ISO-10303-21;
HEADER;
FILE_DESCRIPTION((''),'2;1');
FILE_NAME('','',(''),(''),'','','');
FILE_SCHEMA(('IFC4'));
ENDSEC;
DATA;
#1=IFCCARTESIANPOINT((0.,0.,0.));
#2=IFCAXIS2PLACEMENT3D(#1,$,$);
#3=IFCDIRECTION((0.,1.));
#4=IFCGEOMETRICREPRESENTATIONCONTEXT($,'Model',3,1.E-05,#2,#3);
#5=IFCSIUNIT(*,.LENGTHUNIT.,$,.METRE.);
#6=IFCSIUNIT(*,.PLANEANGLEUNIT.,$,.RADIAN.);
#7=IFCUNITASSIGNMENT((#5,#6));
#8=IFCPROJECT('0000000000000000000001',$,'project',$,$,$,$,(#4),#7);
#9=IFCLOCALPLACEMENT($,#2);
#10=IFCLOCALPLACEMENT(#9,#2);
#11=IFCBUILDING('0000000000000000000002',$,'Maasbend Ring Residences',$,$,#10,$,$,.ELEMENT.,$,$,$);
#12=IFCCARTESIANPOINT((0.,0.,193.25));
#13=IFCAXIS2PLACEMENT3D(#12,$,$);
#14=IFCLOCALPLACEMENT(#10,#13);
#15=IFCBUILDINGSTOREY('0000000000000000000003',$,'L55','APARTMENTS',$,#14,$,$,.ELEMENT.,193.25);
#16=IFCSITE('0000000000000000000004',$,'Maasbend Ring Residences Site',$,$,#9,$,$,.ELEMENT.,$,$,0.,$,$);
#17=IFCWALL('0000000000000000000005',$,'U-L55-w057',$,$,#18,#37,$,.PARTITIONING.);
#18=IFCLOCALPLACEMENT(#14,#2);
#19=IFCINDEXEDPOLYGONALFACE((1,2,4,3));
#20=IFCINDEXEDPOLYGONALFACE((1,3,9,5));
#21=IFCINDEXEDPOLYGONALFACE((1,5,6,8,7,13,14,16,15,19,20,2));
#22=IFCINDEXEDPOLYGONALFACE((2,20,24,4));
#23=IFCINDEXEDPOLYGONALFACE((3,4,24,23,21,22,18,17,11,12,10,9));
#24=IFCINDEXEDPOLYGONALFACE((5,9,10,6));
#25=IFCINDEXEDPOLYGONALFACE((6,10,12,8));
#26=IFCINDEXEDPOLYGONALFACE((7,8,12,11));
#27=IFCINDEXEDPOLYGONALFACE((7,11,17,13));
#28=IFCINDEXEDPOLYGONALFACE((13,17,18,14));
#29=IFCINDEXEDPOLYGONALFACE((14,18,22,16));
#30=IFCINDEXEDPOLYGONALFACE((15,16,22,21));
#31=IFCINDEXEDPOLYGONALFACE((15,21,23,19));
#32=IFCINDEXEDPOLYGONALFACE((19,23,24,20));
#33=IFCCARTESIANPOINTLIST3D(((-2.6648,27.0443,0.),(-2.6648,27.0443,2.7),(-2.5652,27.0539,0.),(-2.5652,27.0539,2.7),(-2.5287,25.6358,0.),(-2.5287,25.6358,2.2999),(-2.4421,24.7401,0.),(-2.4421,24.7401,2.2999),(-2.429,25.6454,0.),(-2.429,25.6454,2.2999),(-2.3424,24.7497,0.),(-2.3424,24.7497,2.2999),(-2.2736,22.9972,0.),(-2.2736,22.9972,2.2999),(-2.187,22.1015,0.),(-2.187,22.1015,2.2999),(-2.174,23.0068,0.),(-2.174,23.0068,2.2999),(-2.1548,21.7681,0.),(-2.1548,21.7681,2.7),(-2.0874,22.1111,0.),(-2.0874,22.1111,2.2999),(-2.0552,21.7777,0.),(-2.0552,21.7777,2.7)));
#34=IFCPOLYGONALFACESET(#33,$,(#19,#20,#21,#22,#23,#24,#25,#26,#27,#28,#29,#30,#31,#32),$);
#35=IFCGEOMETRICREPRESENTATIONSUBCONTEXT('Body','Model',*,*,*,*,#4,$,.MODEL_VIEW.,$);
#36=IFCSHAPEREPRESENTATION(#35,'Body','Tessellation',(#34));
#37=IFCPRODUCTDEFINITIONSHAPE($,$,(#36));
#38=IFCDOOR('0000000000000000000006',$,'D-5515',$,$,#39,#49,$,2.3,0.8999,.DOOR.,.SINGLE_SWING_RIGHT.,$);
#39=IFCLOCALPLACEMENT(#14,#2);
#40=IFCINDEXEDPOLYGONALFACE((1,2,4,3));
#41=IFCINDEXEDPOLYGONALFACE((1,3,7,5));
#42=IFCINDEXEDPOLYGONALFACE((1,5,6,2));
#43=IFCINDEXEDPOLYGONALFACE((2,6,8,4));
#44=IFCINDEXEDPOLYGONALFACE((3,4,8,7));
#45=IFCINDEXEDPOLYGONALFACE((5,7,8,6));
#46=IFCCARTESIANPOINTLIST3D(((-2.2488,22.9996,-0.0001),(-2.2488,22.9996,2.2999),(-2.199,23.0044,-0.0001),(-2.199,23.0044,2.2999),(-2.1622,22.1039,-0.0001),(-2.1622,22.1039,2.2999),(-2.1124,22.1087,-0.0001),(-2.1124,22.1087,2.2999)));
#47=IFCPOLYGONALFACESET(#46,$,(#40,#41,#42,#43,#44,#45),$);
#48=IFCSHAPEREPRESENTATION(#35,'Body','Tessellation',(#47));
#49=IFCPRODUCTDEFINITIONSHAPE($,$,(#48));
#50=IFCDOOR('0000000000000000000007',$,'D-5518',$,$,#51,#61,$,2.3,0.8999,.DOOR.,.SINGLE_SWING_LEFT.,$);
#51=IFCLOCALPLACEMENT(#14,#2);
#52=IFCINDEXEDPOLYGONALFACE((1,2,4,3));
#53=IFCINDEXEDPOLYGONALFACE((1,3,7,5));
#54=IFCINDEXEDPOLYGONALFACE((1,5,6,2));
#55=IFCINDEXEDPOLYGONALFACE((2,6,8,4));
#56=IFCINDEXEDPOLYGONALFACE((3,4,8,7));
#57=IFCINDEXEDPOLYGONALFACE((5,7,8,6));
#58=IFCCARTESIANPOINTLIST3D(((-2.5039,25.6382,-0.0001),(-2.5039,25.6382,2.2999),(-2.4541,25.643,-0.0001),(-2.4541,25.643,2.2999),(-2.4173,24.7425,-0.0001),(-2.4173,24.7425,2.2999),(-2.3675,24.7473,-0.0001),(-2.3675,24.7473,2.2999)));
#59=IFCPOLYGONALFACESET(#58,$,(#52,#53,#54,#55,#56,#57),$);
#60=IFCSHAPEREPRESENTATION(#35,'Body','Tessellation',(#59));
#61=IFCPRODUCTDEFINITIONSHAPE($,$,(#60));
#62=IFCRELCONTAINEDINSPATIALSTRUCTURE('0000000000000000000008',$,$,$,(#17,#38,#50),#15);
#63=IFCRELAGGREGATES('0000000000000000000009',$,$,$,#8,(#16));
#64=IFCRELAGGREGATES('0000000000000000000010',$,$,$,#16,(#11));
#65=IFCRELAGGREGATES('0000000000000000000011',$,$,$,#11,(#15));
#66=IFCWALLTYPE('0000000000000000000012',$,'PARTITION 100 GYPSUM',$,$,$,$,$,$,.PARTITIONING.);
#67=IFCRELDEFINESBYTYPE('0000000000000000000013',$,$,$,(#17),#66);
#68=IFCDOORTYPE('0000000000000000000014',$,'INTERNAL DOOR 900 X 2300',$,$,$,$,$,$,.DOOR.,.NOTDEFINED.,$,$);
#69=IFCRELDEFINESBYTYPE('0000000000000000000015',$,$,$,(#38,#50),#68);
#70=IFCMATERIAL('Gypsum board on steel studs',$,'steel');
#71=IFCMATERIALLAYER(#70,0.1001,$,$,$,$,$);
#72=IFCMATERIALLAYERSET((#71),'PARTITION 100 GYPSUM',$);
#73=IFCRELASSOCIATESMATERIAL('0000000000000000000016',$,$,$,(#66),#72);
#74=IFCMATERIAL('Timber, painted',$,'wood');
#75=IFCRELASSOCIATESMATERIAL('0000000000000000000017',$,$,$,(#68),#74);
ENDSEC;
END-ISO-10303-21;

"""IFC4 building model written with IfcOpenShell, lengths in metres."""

from ifc_helpers import new_model, si_unit, direction, frame, frame_2d, origin, place, context, subcontext, project, spatial, rectangle, extrude, material, layer, layer_set, type_object, element, fill, save


model = new_model("IFC4")

# Units and contexts
model_context = context("Model", 3, precision=1e-05, world=origin(), true_north=direction((0.0, 1.0)))
body_context = subcontext(model_context, "Body", "Model", "MODEL_VIEW")
ifc_project = project(units=[si_unit("LENGTHUNIT", "METRE"), si_unit("PLANEANGLEUNIT", "RADIAN")], contexts=[model_context])

# Site, building, storey
site_placement = place(None, origin())
site = spatial("IfcSite", under=ifc_project, at=site_placement, Name="Maasbend Ring Residences Site", CompositionType="ELEMENT", RefElevation=0.0)
building_placement = place(site_placement, origin())
building = spatial("IfcBuilding", under=site, at=building_placement, Name="Maasbend Ring Residences", CompositionType="ELEMENT")
storey_placement = place(building_placement, frame((0.0, 0.0, 193.25)))
storey = spatial("IfcBuildingStorey", under=building, at=storey_placement, Name="L55", Description="APARTMENTS", CompositionType="ELEMENT", Elevation=193.25)

# Shared definitions
ifc_material_1 = material(Name="Gypsum board on steel studs", Category="steel")
ifc_layer_1 = layer(ifc_material_1, 0.1001)
ifc_layer_set_1 = layer_set([ifc_layer_1], Name="PARTITION 100 GYPSUM")
wall_type_1 = type_object("IfcWallType", Name="PARTITION 100 GYPSUM", PredefinedType="PARTITIONING", material=ifc_layer_set_1)
ifc_material_2 = material(Name="Timber, painted", Category="wood")
door_type_1 = type_object("IfcDoorType", Name="INTERNAL DOOR 900 X 2300", OperationType="NOTDEFINED", PredefinedType="DOOR", material=ifc_material_2)

# Wall, openings, doors
wall_1_placement = place(storey_placement, frame((-2.615, 27.0491, 0.0), z_axis=(0.0, 0.0, 1.0), x_axis=(0.096215, -0.995361, 0.0)))
wall_1 = element("IfcWall", 1, at=wall_1_placement, inside=storey, type_object=wall_type_1, Name="U-L55-w057", PredefinedType="PARTITIONING", context=body_context, shape_type="SweptSolid", body=[
    extrude(rectangle(XDim=5.3008, YDim=0.1001, at=frame_2d((2.6504, 0.0))), origin(), (0.0, 0.0, 1.0), 2.7),
])
opening_1_placement = place(wall_1_placement, frame((4.0659, 0.0, 0.0)))
opening_1 = element("IfcOpeningElement", 2, at=opening_1_placement, cuts=wall_1, PredefinedType="OPENING", context=body_context, shape_type="SweptSolid", body=[
    extrude(rectangle(XDim=0.8999, YDim=2.3, at=frame_2d((0.45, 1.1499))), frame((0.0, 0.0601, 0.0), z_axis=(0.0, -1.0, 0.0), x_axis=(1.0, 0.0, 0.0)), (0.0, 0.0, 1.0), 0.1201),
])
opening_2_placement = place(wall_1_placement, frame((1.415, 0.0, 0.0)))
opening_2 = element("IfcOpeningElement", 3, at=opening_2_placement, cuts=wall_1, PredefinedType="OPENING", context=body_context, shape_type="SweptSolid", body=[
    extrude(rectangle(XDim=0.8999, YDim=2.3, at=frame_2d((0.45, 1.1499))), frame((0.0, 0.0601, 0.0), z_axis=(0.0, -1.0, 0.0), x_axis=(1.0, 0.0, 0.0)), (0.0, 0.0, 1.0), 0.1201),
])
door_1_placement = place(opening_1_placement, origin())
door_1 = element("IfcDoor", 4, at=door_1_placement, inside=storey, type_object=door_type_1, Name="D-5515", OperationType="SINGLE_SWING_RIGHT", OverallHeight=2.3, OverallWidth=0.8999, PredefinedType="DOOR", context=body_context, shape_type="SweptSolid", body=[
    extrude(rectangle(XDim=0.8999, YDim=2.3, at=frame_2d((0.45, 1.1499))), frame((0.0, 0.0249, 0.0), z_axis=(0.0, -1.0, 0.0), x_axis=(1.0, 0.0, 0.0)), (0.0, 0.0, 1.0), 0.05),
])
fill(opening_1, door_1)
door_2_placement = place(opening_2_placement, origin())
door_2 = element("IfcDoor", 5, at=door_2_placement, inside=storey, type_object=door_type_1, Name="D-5518", OperationType="SINGLE_SWING_LEFT", OverallHeight=2.3, OverallWidth=0.8999, PredefinedType="DOOR", context=body_context, shape_type="SweptSolid", body=[
    extrude(rectangle(XDim=0.8999, YDim=2.3, at=frame_2d((0.45, 1.1499))), frame((0.0, 0.0249, 0.0), z_axis=(0.0, -1.0, 0.0), x_axis=(1.0, 0.0, 0.0)), (0.0, 0.0, 1.0), 0.05),
])
fill(opening_2, door_2)

save(model, "model.ifc")
